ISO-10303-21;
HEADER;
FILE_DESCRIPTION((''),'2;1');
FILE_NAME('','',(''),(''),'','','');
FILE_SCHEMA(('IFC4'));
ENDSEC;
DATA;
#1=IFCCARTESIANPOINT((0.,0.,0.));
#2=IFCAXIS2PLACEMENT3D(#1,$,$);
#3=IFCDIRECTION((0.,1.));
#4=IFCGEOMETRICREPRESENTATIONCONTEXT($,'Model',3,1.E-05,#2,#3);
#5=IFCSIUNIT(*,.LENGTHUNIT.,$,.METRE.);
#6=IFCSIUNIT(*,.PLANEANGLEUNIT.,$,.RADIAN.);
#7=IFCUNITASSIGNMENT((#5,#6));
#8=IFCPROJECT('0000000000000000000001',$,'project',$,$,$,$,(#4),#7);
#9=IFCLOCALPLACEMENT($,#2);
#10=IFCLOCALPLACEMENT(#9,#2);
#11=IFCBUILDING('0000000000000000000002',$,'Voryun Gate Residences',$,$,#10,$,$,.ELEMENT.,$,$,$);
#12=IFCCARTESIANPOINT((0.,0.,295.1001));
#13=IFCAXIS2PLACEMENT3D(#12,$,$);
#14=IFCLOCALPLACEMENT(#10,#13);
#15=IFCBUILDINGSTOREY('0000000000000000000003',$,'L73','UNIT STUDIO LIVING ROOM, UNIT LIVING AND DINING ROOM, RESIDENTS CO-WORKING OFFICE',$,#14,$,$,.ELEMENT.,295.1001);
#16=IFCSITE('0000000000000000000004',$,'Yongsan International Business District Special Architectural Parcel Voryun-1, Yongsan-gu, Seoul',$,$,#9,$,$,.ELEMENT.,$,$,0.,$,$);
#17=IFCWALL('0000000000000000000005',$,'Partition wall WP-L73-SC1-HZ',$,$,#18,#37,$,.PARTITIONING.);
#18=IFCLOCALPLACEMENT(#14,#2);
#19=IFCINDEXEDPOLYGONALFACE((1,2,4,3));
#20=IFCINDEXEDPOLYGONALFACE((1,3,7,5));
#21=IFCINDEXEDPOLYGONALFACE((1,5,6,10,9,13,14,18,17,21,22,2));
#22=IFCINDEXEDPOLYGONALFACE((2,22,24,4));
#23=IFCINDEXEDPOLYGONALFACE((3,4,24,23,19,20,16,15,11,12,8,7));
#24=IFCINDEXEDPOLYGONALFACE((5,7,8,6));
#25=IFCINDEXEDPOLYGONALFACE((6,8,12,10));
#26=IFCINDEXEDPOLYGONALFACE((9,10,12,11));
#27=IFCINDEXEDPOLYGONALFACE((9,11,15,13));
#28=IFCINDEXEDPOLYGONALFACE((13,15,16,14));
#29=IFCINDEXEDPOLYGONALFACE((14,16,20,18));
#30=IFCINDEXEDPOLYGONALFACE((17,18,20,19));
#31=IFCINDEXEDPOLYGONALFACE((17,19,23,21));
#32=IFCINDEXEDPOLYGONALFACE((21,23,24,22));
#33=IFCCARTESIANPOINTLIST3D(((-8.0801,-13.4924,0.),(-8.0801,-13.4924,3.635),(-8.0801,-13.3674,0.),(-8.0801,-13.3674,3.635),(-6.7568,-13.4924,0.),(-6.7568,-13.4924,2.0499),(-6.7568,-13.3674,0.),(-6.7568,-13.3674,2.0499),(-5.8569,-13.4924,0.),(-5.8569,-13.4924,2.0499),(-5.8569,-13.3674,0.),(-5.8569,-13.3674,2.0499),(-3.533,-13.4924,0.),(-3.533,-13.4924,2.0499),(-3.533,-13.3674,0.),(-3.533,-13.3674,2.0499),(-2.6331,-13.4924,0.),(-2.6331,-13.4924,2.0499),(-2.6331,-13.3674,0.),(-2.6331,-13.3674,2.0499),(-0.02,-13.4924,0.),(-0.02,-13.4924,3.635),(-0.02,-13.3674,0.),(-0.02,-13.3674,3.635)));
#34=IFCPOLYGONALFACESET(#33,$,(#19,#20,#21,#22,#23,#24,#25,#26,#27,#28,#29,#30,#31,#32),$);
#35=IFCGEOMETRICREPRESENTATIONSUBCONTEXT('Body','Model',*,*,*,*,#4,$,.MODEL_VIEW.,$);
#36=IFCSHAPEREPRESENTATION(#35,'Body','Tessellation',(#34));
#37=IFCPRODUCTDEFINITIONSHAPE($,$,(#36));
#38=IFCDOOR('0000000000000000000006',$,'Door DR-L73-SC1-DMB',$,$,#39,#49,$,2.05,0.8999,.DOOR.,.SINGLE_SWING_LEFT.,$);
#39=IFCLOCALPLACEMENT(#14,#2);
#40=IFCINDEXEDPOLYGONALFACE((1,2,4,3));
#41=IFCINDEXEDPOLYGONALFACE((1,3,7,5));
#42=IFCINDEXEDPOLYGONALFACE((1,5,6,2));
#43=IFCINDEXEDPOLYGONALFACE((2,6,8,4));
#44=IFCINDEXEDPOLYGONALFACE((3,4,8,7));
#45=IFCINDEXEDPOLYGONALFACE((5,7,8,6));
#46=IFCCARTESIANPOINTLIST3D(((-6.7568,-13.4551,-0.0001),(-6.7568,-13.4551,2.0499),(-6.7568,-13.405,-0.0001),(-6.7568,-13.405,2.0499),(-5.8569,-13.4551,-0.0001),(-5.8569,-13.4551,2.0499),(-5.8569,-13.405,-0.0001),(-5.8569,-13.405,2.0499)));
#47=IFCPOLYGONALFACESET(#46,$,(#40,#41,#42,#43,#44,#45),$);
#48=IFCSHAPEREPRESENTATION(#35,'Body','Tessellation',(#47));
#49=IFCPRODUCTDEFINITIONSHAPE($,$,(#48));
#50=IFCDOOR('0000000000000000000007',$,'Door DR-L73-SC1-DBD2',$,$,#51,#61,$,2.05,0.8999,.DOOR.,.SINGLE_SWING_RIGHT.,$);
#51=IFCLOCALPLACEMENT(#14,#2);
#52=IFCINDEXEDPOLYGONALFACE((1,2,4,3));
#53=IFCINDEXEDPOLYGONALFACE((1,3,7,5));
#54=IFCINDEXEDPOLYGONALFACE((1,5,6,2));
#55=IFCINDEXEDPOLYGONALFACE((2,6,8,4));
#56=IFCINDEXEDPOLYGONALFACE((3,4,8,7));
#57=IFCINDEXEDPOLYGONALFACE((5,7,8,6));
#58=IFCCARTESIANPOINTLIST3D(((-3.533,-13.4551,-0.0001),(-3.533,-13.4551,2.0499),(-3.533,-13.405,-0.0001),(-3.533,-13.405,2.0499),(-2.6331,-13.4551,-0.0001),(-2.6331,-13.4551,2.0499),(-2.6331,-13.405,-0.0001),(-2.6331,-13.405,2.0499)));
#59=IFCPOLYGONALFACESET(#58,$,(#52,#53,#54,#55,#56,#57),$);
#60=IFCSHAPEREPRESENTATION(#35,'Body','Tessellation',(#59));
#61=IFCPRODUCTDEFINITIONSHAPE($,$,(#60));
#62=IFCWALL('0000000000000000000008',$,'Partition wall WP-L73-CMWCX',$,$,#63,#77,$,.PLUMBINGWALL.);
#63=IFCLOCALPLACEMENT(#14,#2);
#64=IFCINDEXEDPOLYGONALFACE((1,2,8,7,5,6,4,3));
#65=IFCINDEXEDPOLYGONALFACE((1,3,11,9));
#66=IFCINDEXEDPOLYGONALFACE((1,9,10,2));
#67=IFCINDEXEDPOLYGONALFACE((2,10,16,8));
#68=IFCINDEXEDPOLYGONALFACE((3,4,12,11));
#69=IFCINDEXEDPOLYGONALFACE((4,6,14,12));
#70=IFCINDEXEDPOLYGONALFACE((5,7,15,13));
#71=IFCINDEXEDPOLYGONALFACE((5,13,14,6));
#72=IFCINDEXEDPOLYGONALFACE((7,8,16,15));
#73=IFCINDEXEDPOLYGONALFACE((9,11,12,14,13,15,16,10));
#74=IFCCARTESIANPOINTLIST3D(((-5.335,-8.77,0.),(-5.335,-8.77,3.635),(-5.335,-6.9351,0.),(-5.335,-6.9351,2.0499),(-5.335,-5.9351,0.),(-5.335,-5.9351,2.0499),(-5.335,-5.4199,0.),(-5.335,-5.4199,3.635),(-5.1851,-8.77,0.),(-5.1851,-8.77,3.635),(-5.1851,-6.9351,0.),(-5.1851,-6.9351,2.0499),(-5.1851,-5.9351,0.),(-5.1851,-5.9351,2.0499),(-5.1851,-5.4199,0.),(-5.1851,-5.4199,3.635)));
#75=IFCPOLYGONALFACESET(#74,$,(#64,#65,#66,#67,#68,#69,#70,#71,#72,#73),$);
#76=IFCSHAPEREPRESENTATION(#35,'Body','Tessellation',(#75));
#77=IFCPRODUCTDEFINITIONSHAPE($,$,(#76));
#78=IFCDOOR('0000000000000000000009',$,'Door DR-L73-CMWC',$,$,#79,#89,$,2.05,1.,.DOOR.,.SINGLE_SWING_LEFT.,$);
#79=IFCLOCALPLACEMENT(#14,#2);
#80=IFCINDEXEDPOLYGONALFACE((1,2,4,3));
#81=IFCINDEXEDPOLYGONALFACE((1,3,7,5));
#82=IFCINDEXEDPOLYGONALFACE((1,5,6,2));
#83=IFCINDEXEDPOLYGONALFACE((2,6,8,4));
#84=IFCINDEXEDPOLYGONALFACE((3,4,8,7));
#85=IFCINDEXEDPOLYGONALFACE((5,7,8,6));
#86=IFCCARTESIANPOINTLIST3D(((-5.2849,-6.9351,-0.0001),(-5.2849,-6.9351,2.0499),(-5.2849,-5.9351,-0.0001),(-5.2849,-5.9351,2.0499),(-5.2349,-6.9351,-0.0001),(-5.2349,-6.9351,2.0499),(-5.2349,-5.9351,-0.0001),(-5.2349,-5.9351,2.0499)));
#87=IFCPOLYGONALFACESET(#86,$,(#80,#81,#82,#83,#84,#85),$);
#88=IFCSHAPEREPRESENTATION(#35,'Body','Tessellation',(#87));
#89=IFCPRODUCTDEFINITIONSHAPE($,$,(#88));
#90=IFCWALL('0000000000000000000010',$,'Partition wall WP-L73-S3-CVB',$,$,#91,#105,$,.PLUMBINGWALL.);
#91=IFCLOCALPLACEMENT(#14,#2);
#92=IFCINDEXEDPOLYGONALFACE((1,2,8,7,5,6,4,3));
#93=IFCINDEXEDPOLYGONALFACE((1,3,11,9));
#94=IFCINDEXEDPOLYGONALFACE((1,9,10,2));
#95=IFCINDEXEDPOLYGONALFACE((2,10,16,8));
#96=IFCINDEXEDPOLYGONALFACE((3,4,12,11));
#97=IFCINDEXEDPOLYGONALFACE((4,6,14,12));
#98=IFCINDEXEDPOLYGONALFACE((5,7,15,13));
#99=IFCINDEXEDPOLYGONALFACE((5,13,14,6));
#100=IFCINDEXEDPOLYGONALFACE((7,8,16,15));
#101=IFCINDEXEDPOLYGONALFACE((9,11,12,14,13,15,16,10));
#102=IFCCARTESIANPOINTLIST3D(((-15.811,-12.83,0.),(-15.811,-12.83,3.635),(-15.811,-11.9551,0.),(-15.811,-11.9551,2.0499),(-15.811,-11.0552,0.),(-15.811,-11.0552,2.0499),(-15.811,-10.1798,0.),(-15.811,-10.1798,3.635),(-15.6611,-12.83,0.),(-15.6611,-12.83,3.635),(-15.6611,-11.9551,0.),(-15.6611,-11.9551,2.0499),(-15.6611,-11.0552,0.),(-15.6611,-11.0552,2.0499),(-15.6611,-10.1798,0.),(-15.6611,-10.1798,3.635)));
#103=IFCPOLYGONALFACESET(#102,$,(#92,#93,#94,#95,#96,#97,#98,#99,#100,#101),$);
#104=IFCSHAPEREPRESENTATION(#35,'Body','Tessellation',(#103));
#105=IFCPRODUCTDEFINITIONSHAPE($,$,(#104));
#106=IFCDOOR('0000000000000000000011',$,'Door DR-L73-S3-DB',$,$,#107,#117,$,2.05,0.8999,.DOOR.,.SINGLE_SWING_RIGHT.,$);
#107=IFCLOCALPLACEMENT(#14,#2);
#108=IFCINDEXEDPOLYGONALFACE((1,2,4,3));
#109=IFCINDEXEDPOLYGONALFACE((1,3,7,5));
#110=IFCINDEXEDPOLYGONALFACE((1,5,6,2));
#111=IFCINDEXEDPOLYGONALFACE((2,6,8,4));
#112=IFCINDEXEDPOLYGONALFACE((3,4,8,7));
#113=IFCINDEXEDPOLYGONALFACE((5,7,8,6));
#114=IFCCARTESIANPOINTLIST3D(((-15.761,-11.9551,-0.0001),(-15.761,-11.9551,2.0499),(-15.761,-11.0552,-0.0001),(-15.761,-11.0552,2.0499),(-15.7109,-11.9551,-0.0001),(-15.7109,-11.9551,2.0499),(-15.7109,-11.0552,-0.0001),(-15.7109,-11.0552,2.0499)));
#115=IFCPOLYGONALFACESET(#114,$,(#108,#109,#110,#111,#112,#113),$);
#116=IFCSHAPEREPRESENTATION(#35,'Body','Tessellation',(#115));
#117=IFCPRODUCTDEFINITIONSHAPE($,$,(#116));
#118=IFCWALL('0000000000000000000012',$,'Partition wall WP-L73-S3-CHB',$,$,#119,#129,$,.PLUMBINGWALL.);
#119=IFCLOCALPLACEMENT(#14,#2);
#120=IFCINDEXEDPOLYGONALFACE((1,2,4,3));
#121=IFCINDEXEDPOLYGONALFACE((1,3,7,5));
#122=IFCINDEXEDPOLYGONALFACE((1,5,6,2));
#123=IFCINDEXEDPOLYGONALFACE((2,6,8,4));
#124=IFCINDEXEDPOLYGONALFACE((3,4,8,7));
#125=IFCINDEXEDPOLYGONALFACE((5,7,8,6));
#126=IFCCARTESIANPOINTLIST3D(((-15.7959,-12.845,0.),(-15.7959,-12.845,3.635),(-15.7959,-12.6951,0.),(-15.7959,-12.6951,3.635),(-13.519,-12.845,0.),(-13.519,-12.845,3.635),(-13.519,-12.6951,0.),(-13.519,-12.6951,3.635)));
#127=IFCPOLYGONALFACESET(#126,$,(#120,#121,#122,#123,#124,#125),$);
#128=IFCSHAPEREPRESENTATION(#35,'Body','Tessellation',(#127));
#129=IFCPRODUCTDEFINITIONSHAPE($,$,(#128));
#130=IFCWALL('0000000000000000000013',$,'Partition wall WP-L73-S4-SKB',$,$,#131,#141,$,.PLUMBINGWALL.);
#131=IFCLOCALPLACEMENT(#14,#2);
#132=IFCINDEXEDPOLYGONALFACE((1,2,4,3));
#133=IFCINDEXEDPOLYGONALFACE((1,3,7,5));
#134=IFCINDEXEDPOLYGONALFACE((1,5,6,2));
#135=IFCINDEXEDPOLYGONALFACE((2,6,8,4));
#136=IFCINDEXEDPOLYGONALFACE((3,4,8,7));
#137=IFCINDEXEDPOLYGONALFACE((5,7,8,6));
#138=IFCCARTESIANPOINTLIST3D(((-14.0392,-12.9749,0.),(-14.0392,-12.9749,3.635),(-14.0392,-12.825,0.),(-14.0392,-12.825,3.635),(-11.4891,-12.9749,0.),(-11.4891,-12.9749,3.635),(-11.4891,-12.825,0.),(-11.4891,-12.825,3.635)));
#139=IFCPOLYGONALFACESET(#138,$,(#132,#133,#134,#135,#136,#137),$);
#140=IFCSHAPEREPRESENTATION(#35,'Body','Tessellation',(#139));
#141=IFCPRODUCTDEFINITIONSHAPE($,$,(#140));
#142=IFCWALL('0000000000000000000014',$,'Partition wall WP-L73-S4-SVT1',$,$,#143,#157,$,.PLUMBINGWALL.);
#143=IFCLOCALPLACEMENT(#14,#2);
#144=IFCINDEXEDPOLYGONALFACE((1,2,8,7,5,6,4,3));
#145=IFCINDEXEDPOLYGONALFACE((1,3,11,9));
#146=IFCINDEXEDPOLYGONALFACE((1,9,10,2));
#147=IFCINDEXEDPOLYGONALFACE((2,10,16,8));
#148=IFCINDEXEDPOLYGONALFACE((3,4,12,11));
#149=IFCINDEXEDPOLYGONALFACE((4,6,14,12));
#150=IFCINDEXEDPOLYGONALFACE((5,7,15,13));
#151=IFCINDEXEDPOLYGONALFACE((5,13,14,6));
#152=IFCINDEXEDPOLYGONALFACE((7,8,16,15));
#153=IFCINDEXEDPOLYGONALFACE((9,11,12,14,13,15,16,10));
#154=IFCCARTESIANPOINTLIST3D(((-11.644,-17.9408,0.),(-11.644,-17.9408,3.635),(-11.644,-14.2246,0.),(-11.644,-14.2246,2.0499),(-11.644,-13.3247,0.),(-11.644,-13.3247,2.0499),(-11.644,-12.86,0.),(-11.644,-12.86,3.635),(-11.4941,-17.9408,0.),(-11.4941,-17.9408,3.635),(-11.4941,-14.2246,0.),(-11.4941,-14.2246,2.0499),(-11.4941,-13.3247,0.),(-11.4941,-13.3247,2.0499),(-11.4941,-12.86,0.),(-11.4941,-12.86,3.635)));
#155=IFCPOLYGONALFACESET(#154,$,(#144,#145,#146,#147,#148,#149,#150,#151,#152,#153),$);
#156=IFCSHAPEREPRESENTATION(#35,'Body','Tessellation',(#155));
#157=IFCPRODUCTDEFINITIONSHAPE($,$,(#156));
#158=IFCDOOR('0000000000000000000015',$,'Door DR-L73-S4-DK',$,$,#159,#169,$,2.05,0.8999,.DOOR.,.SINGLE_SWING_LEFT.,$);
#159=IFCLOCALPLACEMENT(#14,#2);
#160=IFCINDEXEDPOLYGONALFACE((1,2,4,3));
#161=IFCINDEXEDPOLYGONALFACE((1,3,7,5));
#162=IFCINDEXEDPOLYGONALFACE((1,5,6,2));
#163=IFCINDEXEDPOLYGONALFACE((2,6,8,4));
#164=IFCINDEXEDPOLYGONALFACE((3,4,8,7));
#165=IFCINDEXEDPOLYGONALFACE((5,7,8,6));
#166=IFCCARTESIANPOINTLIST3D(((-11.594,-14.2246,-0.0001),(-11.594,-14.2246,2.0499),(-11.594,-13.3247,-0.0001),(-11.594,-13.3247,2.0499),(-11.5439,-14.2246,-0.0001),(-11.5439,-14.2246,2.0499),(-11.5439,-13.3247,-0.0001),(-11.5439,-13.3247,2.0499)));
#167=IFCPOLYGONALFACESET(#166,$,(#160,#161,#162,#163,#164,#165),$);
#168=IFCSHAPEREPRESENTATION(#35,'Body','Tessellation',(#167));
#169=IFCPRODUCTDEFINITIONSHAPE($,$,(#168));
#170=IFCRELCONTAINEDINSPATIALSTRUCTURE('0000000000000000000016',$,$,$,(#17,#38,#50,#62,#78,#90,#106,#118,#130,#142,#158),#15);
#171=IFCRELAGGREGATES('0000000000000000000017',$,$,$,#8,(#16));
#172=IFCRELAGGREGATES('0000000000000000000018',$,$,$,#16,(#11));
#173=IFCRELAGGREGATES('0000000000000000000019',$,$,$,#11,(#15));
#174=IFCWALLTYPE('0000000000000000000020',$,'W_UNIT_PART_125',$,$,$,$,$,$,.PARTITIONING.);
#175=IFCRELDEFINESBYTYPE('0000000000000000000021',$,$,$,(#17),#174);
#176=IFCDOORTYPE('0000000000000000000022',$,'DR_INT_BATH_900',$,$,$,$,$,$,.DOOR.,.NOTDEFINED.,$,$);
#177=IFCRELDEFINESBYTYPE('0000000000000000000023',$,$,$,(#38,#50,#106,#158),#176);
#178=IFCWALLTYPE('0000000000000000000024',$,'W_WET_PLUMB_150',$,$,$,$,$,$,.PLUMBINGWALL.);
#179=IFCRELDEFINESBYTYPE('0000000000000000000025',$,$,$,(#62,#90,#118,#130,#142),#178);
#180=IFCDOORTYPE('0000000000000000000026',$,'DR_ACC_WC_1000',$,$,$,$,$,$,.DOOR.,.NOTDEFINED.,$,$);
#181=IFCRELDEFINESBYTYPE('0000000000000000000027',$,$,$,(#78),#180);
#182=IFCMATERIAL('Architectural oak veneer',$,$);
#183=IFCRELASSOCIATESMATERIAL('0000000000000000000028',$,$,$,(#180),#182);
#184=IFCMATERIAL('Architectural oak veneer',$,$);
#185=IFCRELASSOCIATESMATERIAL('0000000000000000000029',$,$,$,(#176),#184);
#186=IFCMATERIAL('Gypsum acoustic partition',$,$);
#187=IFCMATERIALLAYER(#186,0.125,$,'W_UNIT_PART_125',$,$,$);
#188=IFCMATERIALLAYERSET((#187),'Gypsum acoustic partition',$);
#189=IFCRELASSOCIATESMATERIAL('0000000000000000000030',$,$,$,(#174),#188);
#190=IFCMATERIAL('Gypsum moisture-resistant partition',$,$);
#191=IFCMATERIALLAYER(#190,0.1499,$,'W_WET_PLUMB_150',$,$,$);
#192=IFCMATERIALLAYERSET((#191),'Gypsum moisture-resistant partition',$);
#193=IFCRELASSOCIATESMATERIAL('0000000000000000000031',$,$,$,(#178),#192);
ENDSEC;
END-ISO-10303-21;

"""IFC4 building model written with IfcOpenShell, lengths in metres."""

from ifc_helpers import new_model, si_unit, direction, frame, frame_2d, origin, place, context, subcontext, project, spatial, rectangle, extrude, material, layer, layer_set, type_object, element, fill, save


model = new_model("IFC4")

# Units and contexts
model_context = context("Model", 3, precision=1e-05, world=origin(), true_north=direction((0.0, 1.0)))
body_context = subcontext(model_context, "Body", "Model", "MODEL_VIEW")
ifc_project = project(units=[si_unit("LENGTHUNIT", "METRE"), si_unit("PLANEANGLEUNIT", "RADIAN")], contexts=[model_context])

# Site, building, storey
site_placement = place(None, origin())
site = spatial("IfcSite", under=ifc_project, at=site_placement, Name="Yongsan International Business District Special Architectural Parcel Voryun-1, Yongsan-gu, Seoul", CompositionType="ELEMENT", RefElevation=0.0)
building_placement = place(site_placement, origin())
building = spatial("IfcBuilding", under=site, at=building_placement, Name="Voryun Gate Residences", CompositionType="ELEMENT")
storey_placement = place(building_placement, frame((0.0, 0.0, 295.1001)))
storey = spatial("IfcBuildingStorey", under=building, at=storey_placement, Name="L73", Description="UNIT STUDIO LIVING ROOM, UNIT LIVING AND DINING ROOM, RESIDENTS CO-WORKING OFFICE", CompositionType="ELEMENT", Elevation=295.1001)

# Shared definitions
ifc_material_1 = material(Name="Architectural oak veneer")
door_type_1 = type_object("IfcDoorType", Name="DR_ACC_WC_1000", OperationType="NOTDEFINED", PredefinedType="DOOR", material=ifc_material_1)

# Shared definitions
ifc_material_2 = material(Name="Architectural oak veneer")
door_type_2 = type_object("IfcDoorType", Name="DR_INT_BATH_900", OperationType="NOTDEFINED", PredefinedType="DOOR", material=ifc_material_2)

# Shared definitions
ifc_material_3 = material(Name="Gypsum acoustic partition")
ifc_layer_1 = layer(ifc_material_3, 0.125, Name="W_UNIT_PART_125")
ifc_layer_set_1 = layer_set([ifc_layer_1], Name="Gypsum acoustic partition")
wall_type_1 = type_object("IfcWallType", Name="W_UNIT_PART_125", PredefinedType="PARTITIONING", material=ifc_layer_set_1)

# Wall, openings, doors
wall_1_placement = place(storey_placement, frame((-8.0801, -13.4299, 0.0), z_axis=(0.0, 0.0, 1.0), x_axis=(1.0, 0.0, 0.0)))
wall_1 = element("IfcWall", 1, at=wall_1_placement, inside=storey, type_object=wall_type_1, Name="Partition wall WP-L73-SC1-HZ", PredefinedType="PARTITIONING", context=body_context, shape_type="SweptSolid", body=[
    extrude(rectangle(XDim=8.0601, YDim=0.125, at=frame_2d((4.03, 0.0))), origin(), (0.0, 0.0, 1.0), 3.635),
])
opening_1_placement = place(wall_1_placement, frame((1.3232, 0.0, 0.0)))
opening_1 = element("IfcOpeningElement", 2, at=opening_1_placement, cuts=wall_1, PredefinedType="OPENING", context=body_context, shape_type="SweptSolid", body=[
    extrude(rectangle(XDim=0.8999, YDim=2.05, at=frame_2d((0.45, 1.0249))), frame((0.0, 0.0725, 0.0), z_axis=(0.0, -1.0, 0.0), x_axis=(1.0, 0.0, 0.0)), (0.0, 0.0, 1.0), 0.145),
])
opening_2_placement = place(wall_1_placement, frame((4.5471, 0.0, 0.0)))
opening_2 = element("IfcOpeningElement", 3, at=opening_2_placement, cuts=wall_1, PredefinedType="OPENING", context=body_context, shape_type="SweptSolid", body=[
    extrude(rectangle(XDim=0.8999, YDim=2.05, at=frame_2d((0.45, 1.0249))), frame((0.0, 0.0725, 0.0), z_axis=(0.0, -1.0, 0.0), x_axis=(1.0, 0.0, 0.0)), (0.0, 0.0, 1.0), 0.145),
])
door_1_placement = place(opening_1_placement, origin())
door_1 = element("IfcDoor", 4, at=door_1_placement, inside=storey, type_object=door_type_2, Name="Door DR-L73-SC1-DMB", OperationType="SINGLE_SWING_LEFT", OverallHeight=2.05, OverallWidth=0.8999, PredefinedType="DOOR", context=body_context, shape_type="SweptSolid", body=[
    extrude(rectangle(XDim=0.8999, YDim=2.05, at=frame_2d((0.45, 1.0249))), frame((0.0, 0.0249, 0.0), z_axis=(0.0, -1.0, 0.0), x_axis=(1.0, 0.0, 0.0)), (0.0, 0.0, 1.0), 0.05),
])
fill(opening_1, door_1)
door_2_placement = place(opening_2_placement, origin())
door_2 = element("IfcDoor", 5, at=door_2_placement, inside=storey, type_object=door_type_2, Name="Door DR-L73-SC1-DBD2", OperationType="SINGLE_SWING_RIGHT", OverallHeight=2.05, OverallWidth=0.8999, PredefinedType="DOOR", context=body_context, shape_type="SweptSolid", body=[
    extrude(rectangle(XDim=0.8999, YDim=2.05, at=frame_2d((0.45, 1.0249))), frame((0.0, 0.0249, 0.0), z_axis=(0.0, -1.0, 0.0), x_axis=(1.0, 0.0, 0.0)), (0.0, 0.0, 1.0), 0.05),
])
fill(opening_2, door_2)

# Walls, openings, doors
ifc_material_4 = material(Name="Gypsum moisture-resistant partition")
ifc_layer_2 = layer(ifc_material_4, 0.1499, Name="W_WET_PLUMB_150")
ifc_layer_set_2 = layer_set([ifc_layer_2], Name="Gypsum moisture-resistant partition")
wall_type_2 = type_object("IfcWallType", Name="W_WET_PLUMB_150", PredefinedType="PLUMBINGWALL", material=ifc_layer_set_2)
wall_2_placement = place(storey_placement, frame((-5.26, -8.77, 0.0), z_axis=(0.0, 0.0, 1.0), x_axis=(0.0, 1.0, 0.0)))
wall_2 = element("IfcWall", 6, at=wall_2_placement, inside=storey, type_object=wall_type_2, Name="Partition wall WP-L73-CMWCX", PredefinedType="PLUMBINGWALL", context=body_context, shape_type="SweptSolid", body=[
    extrude(rectangle(XDim=3.3501, YDim=0.1499, at=frame_2d((1.675, 0.0))), origin(), (0.0, 0.0, 1.0), 3.635),
])
opening_3_placement = place(wall_2_placement, frame((1.835, 0.0, 0.0)))
opening_3 = element("IfcOpeningElement", 7, at=opening_3_placement, cuts=wall_2, PredefinedType="OPENING", context=body_context, shape_type="SweptSolid", body=[
    extrude(rectangle(XDim=1.0, YDim=2.05, at=frame_2d((0.5, 1.0249))), frame((0.0, 0.085, 0.0), z_axis=(0.0, -1.0, 0.0), x_axis=(1.0, 0.0, 0.0)), (0.0, 0.0, 1.0), 0.1699),
])
door_3_placement = place(opening_3_placement, origin())
door_3 = element("IfcDoor", 8, at=door_3_placement, inside=storey, type_object=door_type_1, Name="Door DR-L73-CMWC", OperationType="SINGLE_SWING_LEFT", OverallHeight=2.05, OverallWidth=1.0, PredefinedType="DOOR", context=body_context, shape_type="SweptSolid", body=[
    extrude(rectangle(XDim=1.0, YDim=2.05, at=frame_2d((0.5, 1.0249))), frame((0.0, 0.0249, 0.0), z_axis=(0.0, -1.0, 0.0), x_axis=(1.0, 0.0, 0.0)), (0.0, 0.0, 1.0), 0.05),
])
fill(opening_3, door_3)
wall_3_placement = place(storey_placement, frame((-15.7361, -12.8301, 0.0), z_axis=(0.0, 0.0, 1.0), x_axis=(0.0, 1.0, 0.0)))
wall_3 = element("IfcWall", 9, at=wall_3_placement, inside=storey, type_object=wall_type_2, Name="Partition wall WP-L73-S3-CVB", PredefinedType="PLUMBINGWALL", context=body_context, shape_type="SweptSolid", body=[
    extrude(rectangle(XDim=2.6501, YDim=0.1499, at=frame_2d((1.3252, 0.0))), origin(), (0.0, 0.0, 1.0), 3.635),
])
opening_4_placement = place(wall_3_placement, frame((0.875, 0.0, 0.0)))
opening_4 = element("IfcOpeningElement", 10, at=opening_4_placement, cuts=wall_3, PredefinedType="OPENING", context=body_context, shape_type="SweptSolid", body=[
    extrude(rectangle(XDim=0.8999, YDim=2.05, at=frame_2d((0.45, 1.0249))), frame((0.0, 0.085, 0.0), z_axis=(0.0, -1.0, 0.0), x_axis=(1.0, 0.0, 0.0)), (0.0, 0.0, 1.0), 0.1699),
])
door_4_placement = place(opening_4_placement, origin())
door_4 = element("IfcDoor", 11, at=door_4_placement, inside=storey, type_object=door_type_2, Name="Door DR-L73-S3-DB", OperationType="SINGLE_SWING_RIGHT", OverallHeight=2.05, OverallWidth=0.8999, PredefinedType="DOOR", context=body_context, shape_type="SweptSolid", body=[
    extrude(rectangle(XDim=0.8999, YDim=2.05, at=frame_2d((0.45, 1.0249))), frame((0.0, 0.0249, 0.0), z_axis=(0.0, -1.0, 0.0), x_axis=(1.0, 0.0, 0.0)), (0.0, 0.0, 1.0), 0.05),
])
fill(opening_4, door_4)

# Walls
wall_4_placement = place(storey_placement, frame((-15.7959, -12.77, 0.0), z_axis=(0.0, 0.0, 1.0), x_axis=(1.0, 0.0, 0.0)))
element("IfcWall", 12, at=wall_4_placement, inside=storey, type_object=wall_type_2, Name="Partition wall WP-L73-S3-CHB", PredefinedType="PLUMBINGWALL", context=body_context, shape_type="SweptSolid", body=[
    extrude(rectangle(XDim=2.2769, YDim=0.1499, at=frame_2d((1.1384, 0.0))), origin(), (0.0, 0.0, 1.0), 3.635),
])
wall_5_placement = place(storey_placement, frame((-14.0391, -12.8999, 0.0), z_axis=(0.0, 0.0, 1.0), x_axis=(1.0, 0.0, 0.0)))
element("IfcWall", 13, at=wall_5_placement, inside=storey, type_object=wall_type_2, Name="Partition wall WP-L73-S4-SKB", PredefinedType="PLUMBINGWALL", context=body_context, shape_type="SweptSolid", body=[
    extrude(rectangle(XDim=2.55, YDim=0.1499, at=frame_2d((1.2749, 0.0))), origin(), (0.0, 0.0, 1.0), 3.635),
])

# Wall, opening, door
wall_6_placement = place(storey_placement, frame((-11.5691, -17.9409, 0.0), z_axis=(0.0, 0.0, 1.0), x_axis=(0.0, 1.0, 0.0)))
wall_6 = element("IfcWall", 14, at=wall_6_placement, inside=storey, type_object=wall_type_2, Name="Partition wall WP-L73-S4-SVT1", PredefinedType="PLUMBINGWALL", context=body_context, shape_type="SweptSolid", body=[
    extrude(rectangle(XDim=5.0808, YDim=0.1499, at=frame_2d((2.5405, 0.0))), origin(), (0.0, 0.0, 1.0), 3.635),
])
opening_5_placement = place(wall_6_placement, frame((3.7163, 0.0, 0.0)))
opening_5 = element("IfcOpeningElement", 15, at=opening_5_placement, cuts=wall_6, PredefinedType="OPENING", context=body_context, shape_type="SweptSolid", body=[
    extrude(rectangle(XDim=0.8999, YDim=2.05, at=frame_2d((0.45, 1.0249))), frame((0.0, 0.085, 0.0), z_axis=(0.0, -1.0, 0.0), x_axis=(1.0, 0.0, 0.0)), (0.0, 0.0, 1.0), 0.1699),
])
door_5_placement = place(opening_5_placement, origin())
door_5 = element("IfcDoor", 16, at=door_5_placement, inside=storey, type_object=door_type_2, Name="Door DR-L73-S4-DK", OperationType="SINGLE_SWING_LEFT", OverallHeight=2.05, OverallWidth=0.8999, PredefinedType="DOOR", context=body_context, shape_type="SweptSolid", body=[
    extrude(rectangle(XDim=0.8999, YDim=2.05, at=frame_2d((0.45, 1.0249))), frame((0.0, 0.0249, 0.0), z_axis=(0.0, -1.0, 0.0), x_axis=(1.0, 0.0, 0.0)), (0.0, 0.0, 1.0), 0.05),
])
fill(opening_5, door_5)

save(model, "model.ifc")
